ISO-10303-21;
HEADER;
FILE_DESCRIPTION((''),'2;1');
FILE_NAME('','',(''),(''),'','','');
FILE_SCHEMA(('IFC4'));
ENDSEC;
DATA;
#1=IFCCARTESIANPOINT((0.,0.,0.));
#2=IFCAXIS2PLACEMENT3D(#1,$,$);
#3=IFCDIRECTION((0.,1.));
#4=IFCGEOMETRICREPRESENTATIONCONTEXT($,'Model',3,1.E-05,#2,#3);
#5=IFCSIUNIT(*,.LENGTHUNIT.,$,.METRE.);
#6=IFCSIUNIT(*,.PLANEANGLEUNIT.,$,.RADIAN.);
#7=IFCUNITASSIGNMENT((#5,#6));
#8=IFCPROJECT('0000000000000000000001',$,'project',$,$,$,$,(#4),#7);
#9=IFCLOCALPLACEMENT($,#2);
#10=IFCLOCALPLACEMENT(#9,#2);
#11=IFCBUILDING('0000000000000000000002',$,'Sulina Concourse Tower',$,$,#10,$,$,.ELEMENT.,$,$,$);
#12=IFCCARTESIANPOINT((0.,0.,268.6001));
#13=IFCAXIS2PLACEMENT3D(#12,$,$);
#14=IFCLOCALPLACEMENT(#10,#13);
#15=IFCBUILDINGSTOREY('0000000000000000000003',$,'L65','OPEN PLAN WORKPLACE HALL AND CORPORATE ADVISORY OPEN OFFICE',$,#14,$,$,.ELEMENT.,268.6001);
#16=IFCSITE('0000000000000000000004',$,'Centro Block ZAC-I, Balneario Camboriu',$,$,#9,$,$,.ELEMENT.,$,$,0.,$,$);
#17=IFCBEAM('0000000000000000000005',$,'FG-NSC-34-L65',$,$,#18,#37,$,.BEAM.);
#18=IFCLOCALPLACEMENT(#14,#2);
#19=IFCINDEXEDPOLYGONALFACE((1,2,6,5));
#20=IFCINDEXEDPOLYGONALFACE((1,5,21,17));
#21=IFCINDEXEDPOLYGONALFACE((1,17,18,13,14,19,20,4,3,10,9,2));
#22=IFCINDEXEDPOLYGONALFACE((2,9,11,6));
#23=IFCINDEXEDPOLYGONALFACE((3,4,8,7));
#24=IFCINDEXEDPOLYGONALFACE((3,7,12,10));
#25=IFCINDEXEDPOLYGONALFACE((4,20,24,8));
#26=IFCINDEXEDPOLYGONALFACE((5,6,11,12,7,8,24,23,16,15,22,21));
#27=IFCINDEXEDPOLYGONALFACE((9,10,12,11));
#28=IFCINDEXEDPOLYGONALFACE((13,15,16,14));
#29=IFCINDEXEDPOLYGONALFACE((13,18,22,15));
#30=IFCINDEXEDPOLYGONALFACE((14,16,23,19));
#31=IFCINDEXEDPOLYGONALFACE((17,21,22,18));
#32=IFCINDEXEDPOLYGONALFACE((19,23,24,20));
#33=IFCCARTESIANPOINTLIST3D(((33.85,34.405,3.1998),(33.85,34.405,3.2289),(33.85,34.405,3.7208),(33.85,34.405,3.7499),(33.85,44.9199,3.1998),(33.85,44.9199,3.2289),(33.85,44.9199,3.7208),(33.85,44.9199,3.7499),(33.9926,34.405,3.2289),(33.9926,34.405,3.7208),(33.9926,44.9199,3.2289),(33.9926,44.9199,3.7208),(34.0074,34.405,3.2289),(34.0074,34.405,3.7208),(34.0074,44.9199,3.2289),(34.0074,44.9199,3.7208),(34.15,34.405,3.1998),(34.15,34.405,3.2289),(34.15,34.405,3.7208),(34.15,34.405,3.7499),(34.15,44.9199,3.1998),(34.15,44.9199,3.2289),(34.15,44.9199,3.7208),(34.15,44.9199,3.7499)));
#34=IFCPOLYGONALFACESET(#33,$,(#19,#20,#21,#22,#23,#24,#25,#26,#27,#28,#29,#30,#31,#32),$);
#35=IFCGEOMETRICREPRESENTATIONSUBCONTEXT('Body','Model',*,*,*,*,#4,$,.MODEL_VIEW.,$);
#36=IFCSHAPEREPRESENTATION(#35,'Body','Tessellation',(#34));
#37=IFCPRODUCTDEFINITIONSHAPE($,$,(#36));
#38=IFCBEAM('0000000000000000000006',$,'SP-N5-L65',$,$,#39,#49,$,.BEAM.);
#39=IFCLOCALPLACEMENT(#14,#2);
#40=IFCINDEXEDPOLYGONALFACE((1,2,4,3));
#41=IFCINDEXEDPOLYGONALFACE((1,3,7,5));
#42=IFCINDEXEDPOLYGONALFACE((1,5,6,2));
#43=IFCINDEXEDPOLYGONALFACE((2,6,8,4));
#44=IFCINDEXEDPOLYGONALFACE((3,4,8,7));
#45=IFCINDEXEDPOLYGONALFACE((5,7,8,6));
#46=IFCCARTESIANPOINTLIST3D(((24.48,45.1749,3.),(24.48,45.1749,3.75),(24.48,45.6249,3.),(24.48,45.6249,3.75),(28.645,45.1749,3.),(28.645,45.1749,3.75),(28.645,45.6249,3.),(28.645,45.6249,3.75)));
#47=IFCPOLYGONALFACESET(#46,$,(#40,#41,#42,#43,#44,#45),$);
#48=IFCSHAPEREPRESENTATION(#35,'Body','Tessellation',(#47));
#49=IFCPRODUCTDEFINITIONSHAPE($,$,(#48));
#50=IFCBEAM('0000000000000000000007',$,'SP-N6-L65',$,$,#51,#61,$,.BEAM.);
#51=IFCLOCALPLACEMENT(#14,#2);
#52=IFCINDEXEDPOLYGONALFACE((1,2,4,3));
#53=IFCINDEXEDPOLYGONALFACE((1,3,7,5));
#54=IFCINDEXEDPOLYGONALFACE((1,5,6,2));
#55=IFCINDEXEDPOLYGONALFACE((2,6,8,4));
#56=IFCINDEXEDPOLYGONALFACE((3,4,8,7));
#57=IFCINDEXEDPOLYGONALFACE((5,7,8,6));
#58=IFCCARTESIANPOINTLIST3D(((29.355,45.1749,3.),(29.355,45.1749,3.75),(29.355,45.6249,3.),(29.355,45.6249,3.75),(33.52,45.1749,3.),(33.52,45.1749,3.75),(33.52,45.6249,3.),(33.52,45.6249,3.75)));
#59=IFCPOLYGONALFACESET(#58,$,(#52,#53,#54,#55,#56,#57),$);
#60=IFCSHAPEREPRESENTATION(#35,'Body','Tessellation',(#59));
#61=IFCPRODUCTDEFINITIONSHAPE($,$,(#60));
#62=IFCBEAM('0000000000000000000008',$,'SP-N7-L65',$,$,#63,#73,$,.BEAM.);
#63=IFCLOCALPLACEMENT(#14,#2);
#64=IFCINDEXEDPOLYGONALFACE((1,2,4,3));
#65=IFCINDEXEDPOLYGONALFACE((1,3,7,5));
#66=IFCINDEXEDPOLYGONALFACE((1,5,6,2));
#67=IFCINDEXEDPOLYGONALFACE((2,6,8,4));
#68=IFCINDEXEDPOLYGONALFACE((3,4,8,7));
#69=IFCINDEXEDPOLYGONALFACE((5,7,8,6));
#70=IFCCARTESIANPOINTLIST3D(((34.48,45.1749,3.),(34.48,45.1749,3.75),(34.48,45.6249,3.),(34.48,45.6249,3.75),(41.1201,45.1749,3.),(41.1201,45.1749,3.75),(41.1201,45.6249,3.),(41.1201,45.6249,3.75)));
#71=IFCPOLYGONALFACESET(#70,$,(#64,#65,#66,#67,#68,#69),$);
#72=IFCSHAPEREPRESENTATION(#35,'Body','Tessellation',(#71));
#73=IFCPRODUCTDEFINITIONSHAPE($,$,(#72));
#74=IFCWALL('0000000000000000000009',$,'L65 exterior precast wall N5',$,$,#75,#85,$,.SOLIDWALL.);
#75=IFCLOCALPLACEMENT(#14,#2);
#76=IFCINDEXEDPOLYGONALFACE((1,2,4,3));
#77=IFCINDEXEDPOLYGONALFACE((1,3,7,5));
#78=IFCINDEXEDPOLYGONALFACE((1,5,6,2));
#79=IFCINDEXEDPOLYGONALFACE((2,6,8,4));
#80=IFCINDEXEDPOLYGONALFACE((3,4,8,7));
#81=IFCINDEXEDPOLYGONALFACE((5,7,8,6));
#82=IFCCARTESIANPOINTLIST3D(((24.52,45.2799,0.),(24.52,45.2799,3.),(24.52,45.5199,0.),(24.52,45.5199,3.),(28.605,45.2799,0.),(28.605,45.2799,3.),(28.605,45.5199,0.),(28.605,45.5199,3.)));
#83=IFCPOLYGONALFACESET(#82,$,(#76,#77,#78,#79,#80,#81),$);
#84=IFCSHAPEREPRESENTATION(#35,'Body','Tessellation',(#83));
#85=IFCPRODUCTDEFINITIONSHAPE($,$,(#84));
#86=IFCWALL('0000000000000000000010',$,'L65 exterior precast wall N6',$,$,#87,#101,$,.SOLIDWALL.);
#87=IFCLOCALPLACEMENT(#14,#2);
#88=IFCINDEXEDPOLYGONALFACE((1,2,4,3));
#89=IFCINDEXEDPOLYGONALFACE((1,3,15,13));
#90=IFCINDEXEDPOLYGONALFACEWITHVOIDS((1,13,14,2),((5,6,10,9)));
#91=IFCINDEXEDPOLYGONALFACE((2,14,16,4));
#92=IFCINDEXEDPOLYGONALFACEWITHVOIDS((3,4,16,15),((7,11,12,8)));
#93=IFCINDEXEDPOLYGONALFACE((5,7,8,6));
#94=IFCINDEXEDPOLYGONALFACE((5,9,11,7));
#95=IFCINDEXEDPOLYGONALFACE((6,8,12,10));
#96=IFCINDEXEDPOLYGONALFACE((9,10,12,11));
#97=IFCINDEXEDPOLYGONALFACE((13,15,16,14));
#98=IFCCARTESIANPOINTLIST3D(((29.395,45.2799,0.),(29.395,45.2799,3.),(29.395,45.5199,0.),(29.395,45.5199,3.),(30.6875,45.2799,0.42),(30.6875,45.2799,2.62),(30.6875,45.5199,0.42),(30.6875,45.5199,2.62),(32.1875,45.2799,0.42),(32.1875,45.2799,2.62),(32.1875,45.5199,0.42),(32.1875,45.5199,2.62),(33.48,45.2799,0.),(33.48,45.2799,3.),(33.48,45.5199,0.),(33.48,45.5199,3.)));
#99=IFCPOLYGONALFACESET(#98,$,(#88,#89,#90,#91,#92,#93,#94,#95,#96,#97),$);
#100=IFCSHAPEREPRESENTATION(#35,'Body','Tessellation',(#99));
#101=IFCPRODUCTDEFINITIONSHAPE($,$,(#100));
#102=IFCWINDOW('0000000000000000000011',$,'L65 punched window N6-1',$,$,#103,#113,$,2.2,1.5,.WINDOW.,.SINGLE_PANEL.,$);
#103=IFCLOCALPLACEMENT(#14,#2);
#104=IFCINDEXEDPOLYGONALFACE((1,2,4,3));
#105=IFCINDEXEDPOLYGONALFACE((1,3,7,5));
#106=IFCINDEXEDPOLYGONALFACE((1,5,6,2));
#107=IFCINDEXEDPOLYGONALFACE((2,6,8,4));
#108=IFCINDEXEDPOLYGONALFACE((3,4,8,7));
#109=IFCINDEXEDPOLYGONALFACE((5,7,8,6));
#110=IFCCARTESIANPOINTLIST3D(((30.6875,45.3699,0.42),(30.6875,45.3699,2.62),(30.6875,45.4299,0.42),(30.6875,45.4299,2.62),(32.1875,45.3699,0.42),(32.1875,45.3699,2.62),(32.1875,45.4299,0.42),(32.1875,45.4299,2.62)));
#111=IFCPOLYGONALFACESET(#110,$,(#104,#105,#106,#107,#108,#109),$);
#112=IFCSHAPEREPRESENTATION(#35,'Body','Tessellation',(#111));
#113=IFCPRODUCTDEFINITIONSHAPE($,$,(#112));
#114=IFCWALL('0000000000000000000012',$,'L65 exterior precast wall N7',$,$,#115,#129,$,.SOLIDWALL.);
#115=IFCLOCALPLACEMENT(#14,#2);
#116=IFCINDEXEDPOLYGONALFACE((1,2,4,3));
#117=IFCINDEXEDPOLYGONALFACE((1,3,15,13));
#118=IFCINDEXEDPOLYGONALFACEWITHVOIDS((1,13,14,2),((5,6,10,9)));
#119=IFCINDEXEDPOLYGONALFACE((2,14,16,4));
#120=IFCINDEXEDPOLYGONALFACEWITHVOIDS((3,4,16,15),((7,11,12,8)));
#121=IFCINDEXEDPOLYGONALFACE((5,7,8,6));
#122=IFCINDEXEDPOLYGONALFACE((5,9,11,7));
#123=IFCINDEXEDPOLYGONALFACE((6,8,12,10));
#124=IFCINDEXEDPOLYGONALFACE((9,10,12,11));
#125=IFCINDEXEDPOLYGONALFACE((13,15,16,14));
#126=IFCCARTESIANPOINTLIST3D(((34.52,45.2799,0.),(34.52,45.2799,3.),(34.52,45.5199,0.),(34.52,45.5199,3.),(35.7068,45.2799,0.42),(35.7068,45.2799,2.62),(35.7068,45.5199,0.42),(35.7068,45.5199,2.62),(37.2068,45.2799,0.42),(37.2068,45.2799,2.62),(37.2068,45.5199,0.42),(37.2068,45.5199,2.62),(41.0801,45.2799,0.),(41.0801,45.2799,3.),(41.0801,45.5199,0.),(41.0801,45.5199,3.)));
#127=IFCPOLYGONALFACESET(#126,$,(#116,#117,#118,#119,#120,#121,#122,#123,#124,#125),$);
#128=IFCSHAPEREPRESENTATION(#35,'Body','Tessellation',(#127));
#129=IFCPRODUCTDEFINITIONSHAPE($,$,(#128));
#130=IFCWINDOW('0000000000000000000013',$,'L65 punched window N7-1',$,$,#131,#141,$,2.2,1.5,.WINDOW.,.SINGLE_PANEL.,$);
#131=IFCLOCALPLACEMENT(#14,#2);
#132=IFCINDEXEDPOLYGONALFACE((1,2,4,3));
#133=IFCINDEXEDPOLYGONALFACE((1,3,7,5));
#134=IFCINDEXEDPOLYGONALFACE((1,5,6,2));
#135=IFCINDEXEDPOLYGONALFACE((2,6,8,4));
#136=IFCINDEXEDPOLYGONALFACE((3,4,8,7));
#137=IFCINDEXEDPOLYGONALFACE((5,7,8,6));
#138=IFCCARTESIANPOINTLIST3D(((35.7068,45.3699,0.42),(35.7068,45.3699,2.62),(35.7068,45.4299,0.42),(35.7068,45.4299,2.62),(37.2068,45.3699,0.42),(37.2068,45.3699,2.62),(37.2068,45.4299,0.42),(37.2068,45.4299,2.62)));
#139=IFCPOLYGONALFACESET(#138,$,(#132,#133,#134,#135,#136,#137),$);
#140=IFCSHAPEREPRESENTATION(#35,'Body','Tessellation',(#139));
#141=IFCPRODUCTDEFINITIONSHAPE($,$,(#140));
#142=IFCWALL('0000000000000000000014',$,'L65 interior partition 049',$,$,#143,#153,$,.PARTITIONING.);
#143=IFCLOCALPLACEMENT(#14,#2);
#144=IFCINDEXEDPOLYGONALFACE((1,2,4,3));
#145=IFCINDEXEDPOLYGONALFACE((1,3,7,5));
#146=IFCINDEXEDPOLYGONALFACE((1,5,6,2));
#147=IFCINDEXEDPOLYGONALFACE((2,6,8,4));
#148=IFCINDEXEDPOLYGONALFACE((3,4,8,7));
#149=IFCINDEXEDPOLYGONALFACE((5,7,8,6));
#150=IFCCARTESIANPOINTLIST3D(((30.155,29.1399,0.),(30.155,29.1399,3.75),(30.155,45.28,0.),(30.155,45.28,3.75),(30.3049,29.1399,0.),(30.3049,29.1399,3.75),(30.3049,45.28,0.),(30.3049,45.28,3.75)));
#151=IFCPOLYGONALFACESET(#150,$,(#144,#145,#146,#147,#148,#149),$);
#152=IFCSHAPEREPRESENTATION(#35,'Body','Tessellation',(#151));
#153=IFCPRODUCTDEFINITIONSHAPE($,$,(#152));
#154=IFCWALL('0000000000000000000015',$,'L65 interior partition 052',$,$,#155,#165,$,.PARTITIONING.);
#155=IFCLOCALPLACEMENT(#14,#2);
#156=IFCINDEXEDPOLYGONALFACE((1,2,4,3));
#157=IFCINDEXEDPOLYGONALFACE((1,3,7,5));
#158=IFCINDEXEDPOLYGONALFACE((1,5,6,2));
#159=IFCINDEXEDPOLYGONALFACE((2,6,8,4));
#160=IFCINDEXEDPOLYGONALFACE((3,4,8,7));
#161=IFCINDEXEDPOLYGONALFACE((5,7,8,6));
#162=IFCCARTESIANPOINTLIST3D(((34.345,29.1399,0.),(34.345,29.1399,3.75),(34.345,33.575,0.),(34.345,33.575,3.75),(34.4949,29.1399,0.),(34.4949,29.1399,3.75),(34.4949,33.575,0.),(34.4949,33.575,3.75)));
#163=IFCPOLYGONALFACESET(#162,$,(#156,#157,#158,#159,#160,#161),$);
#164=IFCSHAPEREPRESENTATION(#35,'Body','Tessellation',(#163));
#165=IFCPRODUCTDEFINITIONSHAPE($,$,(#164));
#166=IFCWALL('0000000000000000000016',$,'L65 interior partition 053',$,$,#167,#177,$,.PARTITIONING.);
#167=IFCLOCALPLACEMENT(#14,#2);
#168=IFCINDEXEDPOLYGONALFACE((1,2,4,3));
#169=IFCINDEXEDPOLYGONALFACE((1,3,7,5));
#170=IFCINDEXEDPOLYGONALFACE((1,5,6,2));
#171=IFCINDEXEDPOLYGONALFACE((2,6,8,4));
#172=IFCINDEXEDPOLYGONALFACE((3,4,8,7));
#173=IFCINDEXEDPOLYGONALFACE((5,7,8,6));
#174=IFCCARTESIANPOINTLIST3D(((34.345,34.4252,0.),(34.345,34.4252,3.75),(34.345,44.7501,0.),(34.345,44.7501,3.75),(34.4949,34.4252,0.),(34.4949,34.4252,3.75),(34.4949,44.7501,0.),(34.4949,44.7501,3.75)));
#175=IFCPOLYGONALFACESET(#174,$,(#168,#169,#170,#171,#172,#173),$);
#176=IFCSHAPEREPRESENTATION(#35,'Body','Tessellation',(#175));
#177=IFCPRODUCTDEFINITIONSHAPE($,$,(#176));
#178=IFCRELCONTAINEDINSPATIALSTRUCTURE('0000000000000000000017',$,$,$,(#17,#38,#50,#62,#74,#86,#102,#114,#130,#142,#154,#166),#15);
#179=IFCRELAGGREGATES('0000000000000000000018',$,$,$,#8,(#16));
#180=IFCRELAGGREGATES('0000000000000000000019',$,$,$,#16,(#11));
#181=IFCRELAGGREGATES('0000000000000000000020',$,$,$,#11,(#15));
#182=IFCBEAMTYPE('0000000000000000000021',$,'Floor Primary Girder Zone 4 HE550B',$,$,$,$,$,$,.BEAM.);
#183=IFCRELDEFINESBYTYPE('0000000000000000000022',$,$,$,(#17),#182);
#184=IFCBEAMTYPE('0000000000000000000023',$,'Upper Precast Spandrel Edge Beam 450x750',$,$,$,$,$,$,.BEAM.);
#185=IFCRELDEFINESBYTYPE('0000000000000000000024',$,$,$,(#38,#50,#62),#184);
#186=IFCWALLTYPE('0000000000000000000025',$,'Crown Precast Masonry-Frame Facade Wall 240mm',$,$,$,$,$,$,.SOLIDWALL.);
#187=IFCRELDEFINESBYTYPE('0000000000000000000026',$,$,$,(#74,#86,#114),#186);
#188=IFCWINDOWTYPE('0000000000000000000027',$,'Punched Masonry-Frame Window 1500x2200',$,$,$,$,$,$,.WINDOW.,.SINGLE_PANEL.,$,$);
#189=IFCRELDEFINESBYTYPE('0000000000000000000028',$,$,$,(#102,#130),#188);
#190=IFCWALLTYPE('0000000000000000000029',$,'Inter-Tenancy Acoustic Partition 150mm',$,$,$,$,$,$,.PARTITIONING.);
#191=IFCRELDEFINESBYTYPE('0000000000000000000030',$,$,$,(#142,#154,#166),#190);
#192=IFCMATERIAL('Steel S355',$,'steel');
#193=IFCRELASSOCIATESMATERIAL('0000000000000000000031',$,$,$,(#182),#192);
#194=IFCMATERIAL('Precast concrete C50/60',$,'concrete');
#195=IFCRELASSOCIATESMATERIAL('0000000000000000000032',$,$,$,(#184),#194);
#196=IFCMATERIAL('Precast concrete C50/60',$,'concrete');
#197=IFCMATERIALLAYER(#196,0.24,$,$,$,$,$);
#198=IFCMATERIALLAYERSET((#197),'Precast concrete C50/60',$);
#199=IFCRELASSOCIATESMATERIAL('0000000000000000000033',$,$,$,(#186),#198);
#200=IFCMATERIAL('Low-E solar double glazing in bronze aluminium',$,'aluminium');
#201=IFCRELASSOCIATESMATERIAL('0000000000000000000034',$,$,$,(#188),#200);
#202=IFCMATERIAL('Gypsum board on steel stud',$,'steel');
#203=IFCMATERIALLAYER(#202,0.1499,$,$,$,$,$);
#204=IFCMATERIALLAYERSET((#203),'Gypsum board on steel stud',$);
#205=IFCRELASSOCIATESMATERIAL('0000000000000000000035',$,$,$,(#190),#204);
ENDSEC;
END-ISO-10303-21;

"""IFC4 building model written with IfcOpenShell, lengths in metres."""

from ifc_helpers import new_model, si_unit, direction, frame, frame_2d, origin, origin_2d, place, context, subcontext, project, spatial, rectangle, i_section, extrude, material, layer, layer_set, material_profile, profile_set, type_object, element, fill, save


model = new_model("IFC4")

# Units and contexts
model_context = context("Model", 3, precision=1e-05, world=origin(), true_north=direction((0.0, 1.0)))
body_context = subcontext(model_context, "Body", "Model", "MODEL_VIEW")
ifc_project = project(units=[si_unit("LENGTHUNIT", "METRE"), si_unit("PLANEANGLEUNIT", "RADIAN")], contexts=[model_context])

# Site, building, storey
site_placement = place(None, origin())
site = spatial("IfcSite", under=ifc_project, at=site_placement, Name="Centro Block ZAC-I, Balneario Camboriu", CompositionType="ELEMENT", RefElevation=0.0)
building_placement = place(site_placement, origin())
building = spatial("IfcBuilding", under=site, at=building_placement, Name="Sulina Concourse Tower", CompositionType="ELEMENT")
storey_placement = place(building_placement, frame((0.0, 0.0, 268.6001)))
storey = spatial("IfcBuildingStorey", under=building, at=storey_placement, Name="L65", Description="OPEN PLAN WORKPLACE HALL AND CORPORATE ADVISORY OPEN OFFICE", CompositionType="ELEMENT", Elevation=268.6001)

# Beams
ifc_material_1 = material(Name="Steel S355", Category="steel")
ifc_material_profile_1 = material_profile(ifc_material_1, i_section(OverallWidth=0.3, OverallDepth=0.55, WebThickness=0.0149, FlangeThickness=0.0291, at=origin_2d()), Name="HE 550 B")
ifc_profile_set_1 = profile_set([ifc_material_profile_1], Name="Steel S355")
beam_type_1 = type_object("IfcBeamType", Name="Floor Primary Girder Zone 4 HE550B", PredefinedType="BEAM", material=ifc_profile_set_1)
beam_1_placement = place(storey_placement, frame((34.0, 34.405, 3.4749), z_axis=(0.0, 1.0, 0.0), x_axis=(-1.0, 0.0, 0.0)))
element("IfcBeam", 1, at=beam_1_placement, inside=storey, type_object=beam_type_1, Name="FG-NSC-34-L65", PredefinedType="BEAM", context=body_context, shape_type="SweptSolid", body=[
    extrude(i_section(OverallWidth=0.3, OverallDepth=0.55, WebThickness=0.0149, FlangeThickness=0.0291, at=origin_2d()), origin(), (0.0, 0.0, 1.0), 10.5149),
])
ifc_material_2 = material(Name="Precast concrete C50/60", Category="concrete")
ifc_material_profile_2 = material_profile(ifc_material_2, rectangle(XDim=0.45, YDim=0.75, at=origin_2d()), Name="RC 450x750")
ifc_profile_set_2 = profile_set([ifc_material_profile_2], Name="Precast concrete C50/60")
beam_type_2 = type_object("IfcBeamType", Name="Upper Precast Spandrel Edge Beam 450x750", PredefinedType="BEAM", material=ifc_profile_set_2)
for number, where, z_axis, x_axis, name in (
    (2, (24.48, 45.3999, 3.375), (1.0, 0.0, 0.0), (0.0, 1.0, 0.0), "SP-N5-L65"),
    (3, (29.355, 45.3999, 3.375), (1.0, 0.0, 0.0), (0.0, 1.0, 0.0), "SP-N6-L65"),
):
    element("IfcBeam", number, at=place(storey_placement, frame(where, z_axis=z_axis, x_axis=x_axis)), inside=storey, type_object=beam_type_2, Name=name, PredefinedType="BEAM", context=body_context, shape_type="SweptSolid", body=[
        extrude(rectangle(XDim=0.45, YDim=0.75, at=origin_2d()), origin(), (0.0, 0.0, 1.0), 4.165),
    ])
beam_2_placement = place(storey_placement, frame((34.48, 45.3999, 3.375), z_axis=(1.0, 0.0, 0.0), x_axis=(0.0, 1.0, 0.0)))
element("IfcBeam", 4, at=beam_2_placement, inside=storey, type_object=beam_type_2, Name="SP-N7-L65", PredefinedType="BEAM", context=body_context, shape_type="SweptSolid", body=[
    extrude(rectangle(XDim=0.45, YDim=0.75, at=origin_2d()), origin(), (0.0, 0.0, 1.0), 6.6401),
])

# Wall
ifc_material_3 = material(Name="Precast concrete C50/60", Category="concrete")
ifc_layer_1 = layer(ifc_material_3, 0.24)
ifc_layer_set_1 = layer_set([ifc_layer_1], Name="Precast concrete C50/60")
wall_type_1 = type_object("IfcWallType", Name="Crown Precast Masonry-Frame Facade Wall 240mm", PredefinedType="SOLIDWALL", material=ifc_layer_set_1)
wall_1_placement = place(storey_placement, frame((24.52, 45.3999, 0.0), z_axis=(0.0, 0.0, 1.0), x_axis=(1.0, 0.0, 0.0)))
element("IfcWall", 5, at=wall_1_placement, inside=storey, type_object=wall_type_1, Name="L65 exterior precast wall N5", PredefinedType="SOLIDWALL", context=body_context, shape_type="SweptSolid", body=[
    extrude(rectangle(XDim=4.085, YDim=0.24, at=frame_2d((2.0425, 0.0))), origin(), (0.0, 0.0, 1.0), 3.0),
])

# Walls, openings, windows
wall_2_placement = place(storey_placement, frame((29.395, 45.3999, 0.0), z_axis=(0.0, 0.0, 1.0), x_axis=(1.0, 0.0, 0.0)))
wall_2 = element("IfcWall", 6, at=wall_2_placement, inside=storey, type_object=wall_type_1, Name="L65 exterior precast wall N6", PredefinedType="SOLIDWALL", context=body_context, shape_type="SweptSolid", body=[
    extrude(rectangle(XDim=4.085, YDim=0.24, at=frame_2d((2.0425, 0.0))), origin(), (0.0, 0.0, 1.0), 3.0),
])
opening_1_placement = place(wall_2_placement, frame((1.2925, 0.0, 0.4199)))
opening_1 = element("IfcOpeningElement", 7, at=opening_1_placement, cuts=wall_2, PredefinedType="OPENING", context=body_context, shape_type="SweptSolid", body=[
    extrude(rectangle(XDim=1.5, YDim=2.2, at=frame_2d((0.75, 1.1001))), frame((0.0, 0.1299, 0.0), z_axis=(0.0, -1.0, 0.0), x_axis=(1.0, 0.0, 0.0)), (0.0, 0.0, 1.0), 0.26),
])
ifc_material_4 = material(Name="Low-E solar double glazing in bronze aluminium", Category="aluminium")
window_type = type_object("IfcWindowType", Name="Punched Masonry-Frame Window 1500x2200", PartitioningType="SINGLE_PANEL", PredefinedType="WINDOW", material=ifc_material_4)
window_1_placement = place(opening_1_placement, origin())
window_1 = element("IfcWindow", 8, at=window_1_placement, inside=storey, type_object=window_type, Name="L65 punched window N6-1", OverallHeight=2.2, OverallWidth=1.5, PartitioningType="SINGLE_PANEL", PredefinedType="WINDOW", context=body_context, shape_type="SweptSolid", body=[
    extrude(rectangle(XDim=1.5, YDim=2.2, at=frame_2d((0.75, 1.1001))), frame((0.0, 0.03, 0.0), z_axis=(0.0, -1.0, 0.0), x_axis=(1.0, 0.0, 0.0)), (0.0, 0.0, 1.0), 0.0601),
])
fill(opening_1, window_1)
wall_3_placement = place(storey_placement, frame((34.52, 45.3999, 0.0), z_axis=(0.0, 0.0, 1.0), x_axis=(1.0, 0.0, 0.0)))
wall_3 = element("IfcWall", 9, at=wall_3_placement, inside=storey, type_object=wall_type_1, Name="L65 exterior precast wall N7", PredefinedType="SOLIDWALL", context=body_context, shape_type="SweptSolid", body=[
    extrude(rectangle(XDim=6.5601, YDim=0.24, at=frame_2d((3.28, 0.0))), origin(), (0.0, 0.0, 1.0), 3.0),
])
opening_2_placement = place(wall_3_placement, frame((1.1868, 0.0, 0.4199)))
opening_2 = element("IfcOpeningElement", 10, at=opening_2_placement, cuts=wall_3, PredefinedType="OPENING", context=body_context, shape_type="SweptSolid", body=[
    extrude(rectangle(XDim=1.5, YDim=2.2, at=frame_2d((0.75, 1.1001))), frame((0.0, 0.1299, 0.0), z_axis=(0.0, -1.0, 0.0), x_axis=(1.0, 0.0, 0.0)), (0.0, 0.0, 1.0), 0.26),
])
window_2_placement = place(opening_2_placement, origin())
window_2 = element("IfcWindow", 11, at=window_2_placement, inside=storey, type_object=window_type, Name="L65 punched window N7-1", OverallHeight=2.2, OverallWidth=1.5, PartitioningType="SINGLE_PANEL", PredefinedType="WINDOW", context=body_context, shape_type="SweptSolid", body=[
    extrude(rectangle(XDim=1.5, YDim=2.2, at=frame_2d((0.75, 1.1001))), frame((0.0, 0.03, 0.0), z_axis=(0.0, -1.0, 0.0), x_axis=(1.0, 0.0, 0.0)), (0.0, 0.0, 1.0), 0.0601),
])
fill(opening_2, window_2)

# Walls
ifc_material_5 = material(Name="Gypsum board on steel stud", Category="steel")
ifc_layer_2 = layer(ifc_material_5, 0.1499)
ifc_layer_set_2 = layer_set([ifc_layer_2], Name="Gypsum board on steel stud")
wall_type_2 = type_object("IfcWallType", Name="Inter-Tenancy Acoustic Partition 150mm", PredefinedType="PARTITIONING", material=ifc_layer_set_2)
wall_4_placement = place(storey_placement, frame((30.23, 29.1399, 0.0), z_axis=(0.0, 0.0, 1.0), x_axis=(0.0, 1.0, 0.0)))
element("IfcWall", 12, at=wall_4_placement, inside=storey, type_object=wall_type_2, Name="L65 interior partition 049", PredefinedType="PARTITIONING", context=body_context, shape_type="SweptSolid", body=[
    extrude(rectangle(XDim=16.1401, YDim=0.1499, at=frame_2d((8.0701, 0.0))), origin(), (0.0, 0.0, 1.0), 3.75),
])
wall_5_placement = place(storey_placement, frame((34.4199, 29.1399, 0.0), z_axis=(0.0, 0.0, 1.0), x_axis=(0.0, 1.0, 0.0)))
element("IfcWall", 13, at=wall_5_placement, inside=storey, type_object=wall_type_2, Name="L65 interior partition 052", PredefinedType="PARTITIONING", context=body_context, shape_type="SweptSolid", body=[
    extrude(rectangle(XDim=4.4351, YDim=0.1499, at=frame_2d((2.2175, 0.0))), origin(), (0.0, 0.0, 1.0), 3.75),
])
wall_6_placement = place(storey_placement, frame((34.4199, 34.425, 0.0), z_axis=(0.0, 0.0, 1.0), x_axis=(0.0, 1.0, 0.0)))
element("IfcWall", 14, at=wall_6_placement, inside=storey, type_object=wall_type_2, Name="L65 interior partition 053", PredefinedType="PARTITIONING", context=body_context, shape_type="SweptSolid", body=[
    extrude(rectangle(XDim=10.325, YDim=0.1499, at=frame_2d((5.1626, 0.0))), origin(), (0.0, 0.0, 1.0), 3.75),
])

save(model, "model.ifc")
